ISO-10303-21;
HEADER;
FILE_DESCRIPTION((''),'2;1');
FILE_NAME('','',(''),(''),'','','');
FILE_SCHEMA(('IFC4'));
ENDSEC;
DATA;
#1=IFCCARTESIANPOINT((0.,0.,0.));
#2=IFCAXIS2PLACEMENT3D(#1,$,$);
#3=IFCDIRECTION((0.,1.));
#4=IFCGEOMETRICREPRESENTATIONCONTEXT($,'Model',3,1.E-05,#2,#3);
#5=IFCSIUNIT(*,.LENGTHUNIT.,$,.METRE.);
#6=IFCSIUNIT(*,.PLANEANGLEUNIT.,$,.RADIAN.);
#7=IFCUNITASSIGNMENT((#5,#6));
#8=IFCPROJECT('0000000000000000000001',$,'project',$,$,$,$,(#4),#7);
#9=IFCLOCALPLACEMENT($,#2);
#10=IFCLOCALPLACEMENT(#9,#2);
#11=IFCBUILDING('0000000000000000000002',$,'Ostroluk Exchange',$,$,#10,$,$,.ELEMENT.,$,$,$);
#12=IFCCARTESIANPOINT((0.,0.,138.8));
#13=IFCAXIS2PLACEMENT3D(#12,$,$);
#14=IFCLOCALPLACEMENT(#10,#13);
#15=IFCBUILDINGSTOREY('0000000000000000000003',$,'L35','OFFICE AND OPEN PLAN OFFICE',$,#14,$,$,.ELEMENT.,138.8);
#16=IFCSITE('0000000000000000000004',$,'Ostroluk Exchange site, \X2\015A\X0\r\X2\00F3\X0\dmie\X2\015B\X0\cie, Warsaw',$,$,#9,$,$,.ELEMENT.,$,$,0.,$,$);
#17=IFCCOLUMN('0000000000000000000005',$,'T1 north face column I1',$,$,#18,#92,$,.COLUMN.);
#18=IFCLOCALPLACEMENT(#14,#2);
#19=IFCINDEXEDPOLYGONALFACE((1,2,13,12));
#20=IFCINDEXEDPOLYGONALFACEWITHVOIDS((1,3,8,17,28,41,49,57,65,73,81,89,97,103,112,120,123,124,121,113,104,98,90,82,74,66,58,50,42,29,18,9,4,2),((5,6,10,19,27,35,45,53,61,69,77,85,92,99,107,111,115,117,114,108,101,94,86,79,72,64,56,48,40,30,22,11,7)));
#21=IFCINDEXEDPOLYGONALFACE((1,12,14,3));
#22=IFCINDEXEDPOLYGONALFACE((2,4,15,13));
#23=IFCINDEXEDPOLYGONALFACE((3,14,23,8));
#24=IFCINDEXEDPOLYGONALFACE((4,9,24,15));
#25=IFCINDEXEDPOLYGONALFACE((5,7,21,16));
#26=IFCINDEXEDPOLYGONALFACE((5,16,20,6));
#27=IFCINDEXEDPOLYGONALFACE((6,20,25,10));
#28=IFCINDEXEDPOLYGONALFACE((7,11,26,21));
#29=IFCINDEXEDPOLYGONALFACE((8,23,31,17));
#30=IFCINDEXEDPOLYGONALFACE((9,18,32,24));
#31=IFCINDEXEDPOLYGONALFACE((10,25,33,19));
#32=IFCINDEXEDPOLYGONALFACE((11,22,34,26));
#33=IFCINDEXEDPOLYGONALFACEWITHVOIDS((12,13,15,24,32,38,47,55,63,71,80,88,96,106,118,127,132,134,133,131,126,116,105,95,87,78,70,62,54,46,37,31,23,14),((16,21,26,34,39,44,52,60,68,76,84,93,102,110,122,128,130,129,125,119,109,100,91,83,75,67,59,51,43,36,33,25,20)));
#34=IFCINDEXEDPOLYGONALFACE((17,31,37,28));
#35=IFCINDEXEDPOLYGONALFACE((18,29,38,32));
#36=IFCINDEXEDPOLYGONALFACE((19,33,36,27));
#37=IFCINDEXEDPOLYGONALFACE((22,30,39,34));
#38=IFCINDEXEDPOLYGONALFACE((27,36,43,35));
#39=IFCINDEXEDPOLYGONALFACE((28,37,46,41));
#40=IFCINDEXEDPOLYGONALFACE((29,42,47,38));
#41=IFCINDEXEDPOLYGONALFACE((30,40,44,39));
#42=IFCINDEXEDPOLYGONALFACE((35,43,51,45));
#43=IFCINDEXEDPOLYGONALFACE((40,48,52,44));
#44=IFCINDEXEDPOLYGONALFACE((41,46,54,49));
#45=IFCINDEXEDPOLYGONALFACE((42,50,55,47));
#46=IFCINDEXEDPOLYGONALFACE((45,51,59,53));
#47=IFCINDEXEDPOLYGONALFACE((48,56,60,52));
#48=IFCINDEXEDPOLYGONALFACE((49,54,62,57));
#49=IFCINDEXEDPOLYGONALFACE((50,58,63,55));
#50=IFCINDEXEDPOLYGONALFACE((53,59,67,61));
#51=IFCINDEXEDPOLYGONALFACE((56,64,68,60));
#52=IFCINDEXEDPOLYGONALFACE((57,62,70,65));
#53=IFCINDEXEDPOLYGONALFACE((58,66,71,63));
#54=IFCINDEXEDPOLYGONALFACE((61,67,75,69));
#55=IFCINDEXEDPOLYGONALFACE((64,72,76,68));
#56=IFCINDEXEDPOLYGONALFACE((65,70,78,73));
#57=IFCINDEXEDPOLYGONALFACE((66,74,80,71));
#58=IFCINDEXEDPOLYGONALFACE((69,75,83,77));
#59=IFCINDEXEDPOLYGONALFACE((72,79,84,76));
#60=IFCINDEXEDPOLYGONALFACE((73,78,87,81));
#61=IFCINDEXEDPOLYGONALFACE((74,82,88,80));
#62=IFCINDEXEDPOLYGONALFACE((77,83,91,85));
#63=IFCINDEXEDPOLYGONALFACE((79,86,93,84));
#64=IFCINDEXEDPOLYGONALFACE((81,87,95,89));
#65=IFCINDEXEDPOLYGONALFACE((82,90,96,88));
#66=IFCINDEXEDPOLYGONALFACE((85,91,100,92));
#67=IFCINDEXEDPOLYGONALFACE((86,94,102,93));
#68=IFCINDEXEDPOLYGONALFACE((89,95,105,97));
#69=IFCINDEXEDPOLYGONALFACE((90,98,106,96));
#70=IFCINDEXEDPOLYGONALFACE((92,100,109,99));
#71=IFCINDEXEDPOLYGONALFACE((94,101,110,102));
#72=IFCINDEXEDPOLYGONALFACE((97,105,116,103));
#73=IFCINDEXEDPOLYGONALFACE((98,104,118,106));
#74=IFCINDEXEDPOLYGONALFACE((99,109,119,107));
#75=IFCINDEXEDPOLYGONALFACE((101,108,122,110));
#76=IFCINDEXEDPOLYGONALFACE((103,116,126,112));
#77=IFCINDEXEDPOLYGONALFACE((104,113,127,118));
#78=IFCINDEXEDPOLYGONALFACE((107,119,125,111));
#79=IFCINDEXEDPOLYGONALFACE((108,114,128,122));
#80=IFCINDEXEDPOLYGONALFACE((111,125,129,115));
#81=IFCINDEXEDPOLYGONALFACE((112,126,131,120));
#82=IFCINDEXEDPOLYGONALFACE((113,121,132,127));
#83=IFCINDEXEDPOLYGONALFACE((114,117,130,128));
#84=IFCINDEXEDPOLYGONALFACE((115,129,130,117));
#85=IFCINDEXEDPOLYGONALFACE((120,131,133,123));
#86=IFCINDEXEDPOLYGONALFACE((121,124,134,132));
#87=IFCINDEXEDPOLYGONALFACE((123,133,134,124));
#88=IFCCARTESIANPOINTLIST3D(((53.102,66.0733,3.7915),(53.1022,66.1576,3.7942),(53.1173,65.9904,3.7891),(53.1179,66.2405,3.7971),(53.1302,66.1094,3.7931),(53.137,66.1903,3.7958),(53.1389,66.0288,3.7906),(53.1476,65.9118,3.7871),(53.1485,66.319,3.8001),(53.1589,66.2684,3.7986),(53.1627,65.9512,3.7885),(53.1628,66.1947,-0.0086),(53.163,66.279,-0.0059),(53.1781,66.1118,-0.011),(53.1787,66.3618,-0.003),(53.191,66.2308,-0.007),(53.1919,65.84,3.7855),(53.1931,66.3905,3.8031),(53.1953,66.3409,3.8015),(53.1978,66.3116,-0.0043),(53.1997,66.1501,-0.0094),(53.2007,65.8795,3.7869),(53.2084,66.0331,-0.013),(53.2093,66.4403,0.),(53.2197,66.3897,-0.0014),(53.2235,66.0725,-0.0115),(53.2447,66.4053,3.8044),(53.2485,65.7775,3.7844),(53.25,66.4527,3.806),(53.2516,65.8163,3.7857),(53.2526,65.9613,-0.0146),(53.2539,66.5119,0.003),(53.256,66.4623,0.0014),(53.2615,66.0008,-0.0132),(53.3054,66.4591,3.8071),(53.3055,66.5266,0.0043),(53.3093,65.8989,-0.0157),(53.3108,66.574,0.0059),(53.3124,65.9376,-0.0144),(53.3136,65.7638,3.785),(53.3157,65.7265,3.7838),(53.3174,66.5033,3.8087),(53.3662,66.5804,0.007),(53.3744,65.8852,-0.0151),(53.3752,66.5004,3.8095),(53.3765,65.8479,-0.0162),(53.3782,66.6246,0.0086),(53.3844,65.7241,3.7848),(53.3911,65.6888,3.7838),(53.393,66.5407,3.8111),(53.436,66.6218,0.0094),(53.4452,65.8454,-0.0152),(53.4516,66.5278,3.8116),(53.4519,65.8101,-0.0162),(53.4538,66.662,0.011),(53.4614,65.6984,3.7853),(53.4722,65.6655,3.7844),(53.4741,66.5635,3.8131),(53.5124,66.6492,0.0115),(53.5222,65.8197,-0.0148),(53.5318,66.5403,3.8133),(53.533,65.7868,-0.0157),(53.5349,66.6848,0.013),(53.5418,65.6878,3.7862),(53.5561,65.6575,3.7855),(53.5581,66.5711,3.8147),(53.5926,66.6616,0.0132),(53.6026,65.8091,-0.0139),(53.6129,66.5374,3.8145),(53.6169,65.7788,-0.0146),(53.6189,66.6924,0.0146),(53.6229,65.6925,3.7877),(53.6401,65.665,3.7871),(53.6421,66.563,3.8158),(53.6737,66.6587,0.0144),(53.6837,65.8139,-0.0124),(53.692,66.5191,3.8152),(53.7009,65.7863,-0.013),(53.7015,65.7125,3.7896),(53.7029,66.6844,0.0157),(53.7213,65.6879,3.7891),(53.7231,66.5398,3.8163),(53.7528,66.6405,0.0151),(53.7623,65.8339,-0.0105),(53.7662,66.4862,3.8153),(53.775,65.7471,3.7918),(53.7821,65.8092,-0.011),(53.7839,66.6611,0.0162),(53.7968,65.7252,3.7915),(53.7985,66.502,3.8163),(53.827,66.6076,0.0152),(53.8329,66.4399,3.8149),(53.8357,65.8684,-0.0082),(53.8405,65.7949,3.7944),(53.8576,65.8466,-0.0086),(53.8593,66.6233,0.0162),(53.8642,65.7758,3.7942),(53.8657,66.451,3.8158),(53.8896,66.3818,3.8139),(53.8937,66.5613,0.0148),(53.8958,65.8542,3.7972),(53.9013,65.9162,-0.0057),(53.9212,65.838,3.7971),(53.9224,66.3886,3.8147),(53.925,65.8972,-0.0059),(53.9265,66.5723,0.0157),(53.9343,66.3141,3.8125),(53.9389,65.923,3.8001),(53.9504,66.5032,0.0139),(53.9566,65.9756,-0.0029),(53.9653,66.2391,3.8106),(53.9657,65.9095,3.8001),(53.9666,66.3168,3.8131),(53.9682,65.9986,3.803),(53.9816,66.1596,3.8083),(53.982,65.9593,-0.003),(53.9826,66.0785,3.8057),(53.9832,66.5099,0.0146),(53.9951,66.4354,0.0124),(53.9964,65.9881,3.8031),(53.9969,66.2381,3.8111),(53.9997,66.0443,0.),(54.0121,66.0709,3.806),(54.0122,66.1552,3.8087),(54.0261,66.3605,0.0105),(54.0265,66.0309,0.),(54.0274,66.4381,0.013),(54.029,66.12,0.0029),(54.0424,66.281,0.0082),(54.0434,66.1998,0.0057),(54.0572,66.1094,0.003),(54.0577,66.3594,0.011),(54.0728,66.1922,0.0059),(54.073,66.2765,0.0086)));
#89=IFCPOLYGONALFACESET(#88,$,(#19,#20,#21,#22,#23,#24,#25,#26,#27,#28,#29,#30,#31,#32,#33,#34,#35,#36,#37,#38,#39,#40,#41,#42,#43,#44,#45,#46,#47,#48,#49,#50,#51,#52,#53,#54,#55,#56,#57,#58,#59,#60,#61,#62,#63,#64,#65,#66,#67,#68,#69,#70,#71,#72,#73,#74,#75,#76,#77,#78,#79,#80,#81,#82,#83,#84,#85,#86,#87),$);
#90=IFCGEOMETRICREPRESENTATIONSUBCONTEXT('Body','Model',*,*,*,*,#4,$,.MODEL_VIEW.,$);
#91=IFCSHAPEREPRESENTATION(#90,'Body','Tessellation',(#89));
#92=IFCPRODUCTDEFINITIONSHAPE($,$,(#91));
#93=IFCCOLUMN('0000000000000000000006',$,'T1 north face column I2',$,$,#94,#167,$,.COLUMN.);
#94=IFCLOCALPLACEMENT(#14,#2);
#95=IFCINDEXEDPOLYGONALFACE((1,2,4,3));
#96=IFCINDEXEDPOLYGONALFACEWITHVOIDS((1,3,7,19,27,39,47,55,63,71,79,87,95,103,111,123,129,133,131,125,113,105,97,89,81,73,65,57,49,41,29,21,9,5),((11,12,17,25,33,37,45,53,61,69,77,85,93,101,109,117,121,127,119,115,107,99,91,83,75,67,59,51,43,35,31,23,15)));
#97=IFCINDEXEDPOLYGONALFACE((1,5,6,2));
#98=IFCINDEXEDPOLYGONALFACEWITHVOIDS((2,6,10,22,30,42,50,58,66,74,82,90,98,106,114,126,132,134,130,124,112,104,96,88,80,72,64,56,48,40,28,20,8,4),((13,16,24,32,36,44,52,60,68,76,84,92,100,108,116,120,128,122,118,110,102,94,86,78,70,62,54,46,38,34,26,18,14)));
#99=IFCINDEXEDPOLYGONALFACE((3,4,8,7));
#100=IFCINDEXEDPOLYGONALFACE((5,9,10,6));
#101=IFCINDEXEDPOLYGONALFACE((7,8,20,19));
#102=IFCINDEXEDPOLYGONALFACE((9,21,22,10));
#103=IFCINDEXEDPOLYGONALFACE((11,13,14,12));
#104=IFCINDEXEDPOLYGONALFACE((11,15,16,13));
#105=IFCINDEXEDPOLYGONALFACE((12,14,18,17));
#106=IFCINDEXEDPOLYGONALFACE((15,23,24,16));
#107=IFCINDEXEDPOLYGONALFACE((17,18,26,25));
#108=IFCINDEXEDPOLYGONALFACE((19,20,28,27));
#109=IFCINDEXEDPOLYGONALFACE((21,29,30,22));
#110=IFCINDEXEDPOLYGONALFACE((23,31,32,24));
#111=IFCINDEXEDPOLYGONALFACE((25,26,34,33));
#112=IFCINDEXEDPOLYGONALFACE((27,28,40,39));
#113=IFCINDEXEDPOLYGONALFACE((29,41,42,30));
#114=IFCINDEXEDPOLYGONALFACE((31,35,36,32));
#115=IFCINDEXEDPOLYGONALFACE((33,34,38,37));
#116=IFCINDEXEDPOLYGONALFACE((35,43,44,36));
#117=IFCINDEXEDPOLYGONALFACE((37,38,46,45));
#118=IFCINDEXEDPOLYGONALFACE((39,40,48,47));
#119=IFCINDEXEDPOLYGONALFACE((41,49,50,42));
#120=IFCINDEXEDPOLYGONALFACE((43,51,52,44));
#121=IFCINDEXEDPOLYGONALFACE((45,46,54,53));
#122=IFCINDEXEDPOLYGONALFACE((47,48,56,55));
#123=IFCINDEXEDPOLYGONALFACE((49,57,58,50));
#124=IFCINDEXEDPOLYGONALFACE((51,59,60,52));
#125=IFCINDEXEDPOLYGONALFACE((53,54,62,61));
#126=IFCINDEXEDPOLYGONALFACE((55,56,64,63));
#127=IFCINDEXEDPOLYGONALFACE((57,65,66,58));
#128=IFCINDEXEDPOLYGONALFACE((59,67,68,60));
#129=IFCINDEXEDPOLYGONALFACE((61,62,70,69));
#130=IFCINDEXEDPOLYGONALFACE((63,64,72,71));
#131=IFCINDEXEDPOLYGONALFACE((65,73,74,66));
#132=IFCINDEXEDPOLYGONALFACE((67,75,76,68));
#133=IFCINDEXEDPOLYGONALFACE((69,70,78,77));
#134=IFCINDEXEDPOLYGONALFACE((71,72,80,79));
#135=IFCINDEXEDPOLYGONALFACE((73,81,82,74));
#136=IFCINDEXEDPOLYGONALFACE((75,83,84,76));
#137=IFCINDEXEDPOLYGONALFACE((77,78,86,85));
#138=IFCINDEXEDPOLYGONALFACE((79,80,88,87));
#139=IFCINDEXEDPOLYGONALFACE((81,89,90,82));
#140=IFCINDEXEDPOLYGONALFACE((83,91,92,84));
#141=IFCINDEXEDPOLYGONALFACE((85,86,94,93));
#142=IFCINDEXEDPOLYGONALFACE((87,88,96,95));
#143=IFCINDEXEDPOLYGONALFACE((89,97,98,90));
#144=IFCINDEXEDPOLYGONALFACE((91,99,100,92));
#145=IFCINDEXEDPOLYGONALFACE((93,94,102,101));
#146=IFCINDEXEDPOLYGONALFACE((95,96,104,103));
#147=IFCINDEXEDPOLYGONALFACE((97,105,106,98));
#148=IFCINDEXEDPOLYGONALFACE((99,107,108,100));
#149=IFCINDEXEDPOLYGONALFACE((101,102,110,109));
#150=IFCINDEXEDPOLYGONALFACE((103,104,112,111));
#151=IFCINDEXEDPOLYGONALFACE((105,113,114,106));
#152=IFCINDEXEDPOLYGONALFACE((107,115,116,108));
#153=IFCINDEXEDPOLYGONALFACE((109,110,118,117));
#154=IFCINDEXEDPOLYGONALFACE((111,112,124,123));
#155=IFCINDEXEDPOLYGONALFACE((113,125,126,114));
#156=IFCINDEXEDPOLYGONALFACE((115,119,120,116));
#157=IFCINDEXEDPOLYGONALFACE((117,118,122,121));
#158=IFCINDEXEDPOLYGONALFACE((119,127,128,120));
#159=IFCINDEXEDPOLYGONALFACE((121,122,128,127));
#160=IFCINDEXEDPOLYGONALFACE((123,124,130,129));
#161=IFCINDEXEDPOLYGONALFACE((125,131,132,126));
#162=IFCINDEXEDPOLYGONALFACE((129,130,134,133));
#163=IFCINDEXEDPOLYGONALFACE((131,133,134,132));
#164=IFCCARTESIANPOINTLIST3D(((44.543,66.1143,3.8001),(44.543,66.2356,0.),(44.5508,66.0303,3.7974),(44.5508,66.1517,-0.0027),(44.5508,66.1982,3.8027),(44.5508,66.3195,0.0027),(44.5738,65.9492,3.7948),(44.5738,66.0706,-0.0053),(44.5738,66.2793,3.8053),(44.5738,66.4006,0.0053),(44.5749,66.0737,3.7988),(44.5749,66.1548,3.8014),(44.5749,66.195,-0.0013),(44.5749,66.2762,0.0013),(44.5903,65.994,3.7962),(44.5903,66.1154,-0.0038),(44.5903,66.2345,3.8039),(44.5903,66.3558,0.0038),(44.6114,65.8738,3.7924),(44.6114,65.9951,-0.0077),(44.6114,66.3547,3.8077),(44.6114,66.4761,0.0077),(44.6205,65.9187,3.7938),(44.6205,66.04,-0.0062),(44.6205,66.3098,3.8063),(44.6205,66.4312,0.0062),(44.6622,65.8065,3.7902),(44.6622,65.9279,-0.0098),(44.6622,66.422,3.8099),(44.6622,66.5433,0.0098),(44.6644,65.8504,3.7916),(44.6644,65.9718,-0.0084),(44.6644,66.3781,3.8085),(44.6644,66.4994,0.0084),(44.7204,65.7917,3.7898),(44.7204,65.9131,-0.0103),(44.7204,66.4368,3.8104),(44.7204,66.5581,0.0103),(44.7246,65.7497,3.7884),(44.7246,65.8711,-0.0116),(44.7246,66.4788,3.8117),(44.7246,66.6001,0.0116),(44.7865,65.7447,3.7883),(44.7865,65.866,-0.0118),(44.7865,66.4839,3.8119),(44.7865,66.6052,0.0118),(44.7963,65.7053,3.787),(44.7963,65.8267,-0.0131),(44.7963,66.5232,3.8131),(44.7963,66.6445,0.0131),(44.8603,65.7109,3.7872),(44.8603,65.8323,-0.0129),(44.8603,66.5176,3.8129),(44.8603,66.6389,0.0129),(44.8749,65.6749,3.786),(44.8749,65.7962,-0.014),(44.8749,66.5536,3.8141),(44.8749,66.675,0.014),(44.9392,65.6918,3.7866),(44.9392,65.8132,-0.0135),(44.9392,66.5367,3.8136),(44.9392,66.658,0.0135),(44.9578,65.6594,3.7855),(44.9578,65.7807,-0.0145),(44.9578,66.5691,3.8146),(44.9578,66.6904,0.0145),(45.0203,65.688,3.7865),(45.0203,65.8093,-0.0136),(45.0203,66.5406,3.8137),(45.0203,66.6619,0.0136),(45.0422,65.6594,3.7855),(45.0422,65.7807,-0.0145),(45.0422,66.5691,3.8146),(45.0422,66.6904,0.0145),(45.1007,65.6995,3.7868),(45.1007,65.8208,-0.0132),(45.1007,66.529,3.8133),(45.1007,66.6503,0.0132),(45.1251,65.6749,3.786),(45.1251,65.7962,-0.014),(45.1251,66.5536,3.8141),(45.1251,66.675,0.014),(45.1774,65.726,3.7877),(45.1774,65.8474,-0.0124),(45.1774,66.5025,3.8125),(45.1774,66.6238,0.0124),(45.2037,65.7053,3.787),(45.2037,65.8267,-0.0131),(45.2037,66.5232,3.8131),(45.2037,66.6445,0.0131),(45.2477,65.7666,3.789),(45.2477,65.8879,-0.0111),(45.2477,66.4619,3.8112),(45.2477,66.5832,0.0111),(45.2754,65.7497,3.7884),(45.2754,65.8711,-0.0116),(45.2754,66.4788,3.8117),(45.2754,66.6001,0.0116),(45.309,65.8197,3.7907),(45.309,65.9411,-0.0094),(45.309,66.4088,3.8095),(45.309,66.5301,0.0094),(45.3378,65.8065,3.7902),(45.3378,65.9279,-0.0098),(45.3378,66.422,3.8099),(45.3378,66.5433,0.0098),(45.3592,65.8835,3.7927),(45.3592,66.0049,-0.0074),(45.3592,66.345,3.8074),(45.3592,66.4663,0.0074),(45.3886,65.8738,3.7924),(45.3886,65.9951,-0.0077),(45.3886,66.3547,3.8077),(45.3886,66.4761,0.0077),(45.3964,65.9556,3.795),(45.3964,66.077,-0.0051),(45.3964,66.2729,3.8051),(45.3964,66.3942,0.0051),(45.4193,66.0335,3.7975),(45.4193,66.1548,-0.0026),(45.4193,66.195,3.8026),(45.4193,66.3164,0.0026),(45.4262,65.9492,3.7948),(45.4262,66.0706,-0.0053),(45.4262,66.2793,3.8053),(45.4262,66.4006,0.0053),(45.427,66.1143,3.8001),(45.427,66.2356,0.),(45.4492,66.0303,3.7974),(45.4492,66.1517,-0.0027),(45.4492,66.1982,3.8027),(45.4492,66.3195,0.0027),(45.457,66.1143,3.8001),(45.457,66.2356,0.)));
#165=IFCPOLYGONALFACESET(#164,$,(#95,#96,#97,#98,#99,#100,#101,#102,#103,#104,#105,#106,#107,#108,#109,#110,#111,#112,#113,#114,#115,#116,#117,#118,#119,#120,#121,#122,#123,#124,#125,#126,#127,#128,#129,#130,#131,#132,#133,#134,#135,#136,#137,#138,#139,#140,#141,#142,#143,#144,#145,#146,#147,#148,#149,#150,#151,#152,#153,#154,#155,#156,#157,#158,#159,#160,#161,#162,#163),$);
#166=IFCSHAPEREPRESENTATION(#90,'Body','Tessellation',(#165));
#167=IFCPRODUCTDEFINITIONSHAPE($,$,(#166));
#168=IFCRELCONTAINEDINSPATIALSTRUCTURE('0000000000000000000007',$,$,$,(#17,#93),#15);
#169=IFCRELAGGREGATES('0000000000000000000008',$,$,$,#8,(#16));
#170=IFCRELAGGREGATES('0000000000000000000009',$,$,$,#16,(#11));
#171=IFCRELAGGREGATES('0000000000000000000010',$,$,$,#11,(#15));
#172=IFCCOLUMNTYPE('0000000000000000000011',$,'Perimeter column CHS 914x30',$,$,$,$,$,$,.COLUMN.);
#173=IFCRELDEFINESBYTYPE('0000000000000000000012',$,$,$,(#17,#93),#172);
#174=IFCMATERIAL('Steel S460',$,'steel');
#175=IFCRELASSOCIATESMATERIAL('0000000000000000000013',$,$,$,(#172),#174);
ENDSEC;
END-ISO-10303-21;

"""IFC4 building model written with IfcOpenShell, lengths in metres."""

from ifc_helpers import new_model, si_unit, direction, frame, origin, origin_2d, place, context, subcontext, project, spatial, hollow_circle, extrude, material, material_profile, profile_set, type_object, element, save


model = new_model("IFC4")

# Units and contexts
model_context = context("Model", 3, precision=1e-05, world=origin(), true_north=direction((0.0, 1.0)))
body_context = subcontext(model_context, "Body", "Model", "MODEL_VIEW")
ifc_project = project(units=[si_unit("LENGTHUNIT", "METRE"), si_unit("PLANEANGLEUNIT", "RADIAN")], contexts=[model_context])

# Site, building, storey
site_placement = place(None, origin())
site = spatial("IfcSite", under=ifc_project, at=site_placement, Name="Ostroluk Exchange site, Śródmieście, Warsaw", CompositionType="ELEMENT", RefElevation=0.0)
building_placement = place(site_placement, origin())
building = spatial("IfcBuilding", under=site, at=building_placement, Name="Ostroluk Exchange", CompositionType="ELEMENT")
storey_placement = place(building_placement, frame((0.0, 0.0, 138.8)))
storey = spatial("IfcBuildingStorey", under=building, at=storey_placement, Name="L35", Description="OFFICE AND OPEN PLAN OFFICE", CompositionType="ELEMENT", Elevation=138.8)

# Columns
ifc_material_1 = material(Name="Steel S460", Category="steel")
ifc_material_profile_1 = material_profile(ifc_material_1, hollow_circle(Radius=0.457, WallThickness=0.03, at=origin_2d()), Name="CHS 914x30")
ifc_profile_set_1 = profile_set([ifc_material_profile_1], Name="Steel S460")
column_type = type_object("IfcColumnType", Name="Perimeter column CHS 914x30", PredefinedType="COLUMN", material=ifc_profile_set_1)
column_1_placement = place(storey_placement, frame((53.6179, 66.2356, 0.0), z_axis=(-0.015987, -0.03191, 0.999363), x_axis=(0.894067, -0.447933, 0.0)))
element("IfcColumn", 1, at=column_1_placement, inside=storey, type_object=column_type, Name="T1 north face column I1", PredefinedType="COLUMN", context=body_context, shape_type="SweptSolid", body=[
    extrude(hollow_circle(Radius=0.457, WallThickness=0.03, at=origin_2d()), origin(), (0.0, 0.0, 1.0), 3.8025),
])
column_2_placement = place(storey_placement, frame((45.0, 66.2356, 0.0), z_axis=(0.0, -0.031914, 0.999491), x_axis=(1.0, 0.0, 0.0)))
element("IfcColumn", 2, at=column_2_placement, inside=storey, type_object=column_type, Name="T1 north face column I2", PredefinedType="COLUMN", context=body_context, shape_type="SweptSolid", body=[
    extrude(hollow_circle(Radius=0.457, WallThickness=0.03, at=origin_2d()), origin(), (0.0, 0.0, 1.0), 3.802),
])

save(model, "model.ifc")
